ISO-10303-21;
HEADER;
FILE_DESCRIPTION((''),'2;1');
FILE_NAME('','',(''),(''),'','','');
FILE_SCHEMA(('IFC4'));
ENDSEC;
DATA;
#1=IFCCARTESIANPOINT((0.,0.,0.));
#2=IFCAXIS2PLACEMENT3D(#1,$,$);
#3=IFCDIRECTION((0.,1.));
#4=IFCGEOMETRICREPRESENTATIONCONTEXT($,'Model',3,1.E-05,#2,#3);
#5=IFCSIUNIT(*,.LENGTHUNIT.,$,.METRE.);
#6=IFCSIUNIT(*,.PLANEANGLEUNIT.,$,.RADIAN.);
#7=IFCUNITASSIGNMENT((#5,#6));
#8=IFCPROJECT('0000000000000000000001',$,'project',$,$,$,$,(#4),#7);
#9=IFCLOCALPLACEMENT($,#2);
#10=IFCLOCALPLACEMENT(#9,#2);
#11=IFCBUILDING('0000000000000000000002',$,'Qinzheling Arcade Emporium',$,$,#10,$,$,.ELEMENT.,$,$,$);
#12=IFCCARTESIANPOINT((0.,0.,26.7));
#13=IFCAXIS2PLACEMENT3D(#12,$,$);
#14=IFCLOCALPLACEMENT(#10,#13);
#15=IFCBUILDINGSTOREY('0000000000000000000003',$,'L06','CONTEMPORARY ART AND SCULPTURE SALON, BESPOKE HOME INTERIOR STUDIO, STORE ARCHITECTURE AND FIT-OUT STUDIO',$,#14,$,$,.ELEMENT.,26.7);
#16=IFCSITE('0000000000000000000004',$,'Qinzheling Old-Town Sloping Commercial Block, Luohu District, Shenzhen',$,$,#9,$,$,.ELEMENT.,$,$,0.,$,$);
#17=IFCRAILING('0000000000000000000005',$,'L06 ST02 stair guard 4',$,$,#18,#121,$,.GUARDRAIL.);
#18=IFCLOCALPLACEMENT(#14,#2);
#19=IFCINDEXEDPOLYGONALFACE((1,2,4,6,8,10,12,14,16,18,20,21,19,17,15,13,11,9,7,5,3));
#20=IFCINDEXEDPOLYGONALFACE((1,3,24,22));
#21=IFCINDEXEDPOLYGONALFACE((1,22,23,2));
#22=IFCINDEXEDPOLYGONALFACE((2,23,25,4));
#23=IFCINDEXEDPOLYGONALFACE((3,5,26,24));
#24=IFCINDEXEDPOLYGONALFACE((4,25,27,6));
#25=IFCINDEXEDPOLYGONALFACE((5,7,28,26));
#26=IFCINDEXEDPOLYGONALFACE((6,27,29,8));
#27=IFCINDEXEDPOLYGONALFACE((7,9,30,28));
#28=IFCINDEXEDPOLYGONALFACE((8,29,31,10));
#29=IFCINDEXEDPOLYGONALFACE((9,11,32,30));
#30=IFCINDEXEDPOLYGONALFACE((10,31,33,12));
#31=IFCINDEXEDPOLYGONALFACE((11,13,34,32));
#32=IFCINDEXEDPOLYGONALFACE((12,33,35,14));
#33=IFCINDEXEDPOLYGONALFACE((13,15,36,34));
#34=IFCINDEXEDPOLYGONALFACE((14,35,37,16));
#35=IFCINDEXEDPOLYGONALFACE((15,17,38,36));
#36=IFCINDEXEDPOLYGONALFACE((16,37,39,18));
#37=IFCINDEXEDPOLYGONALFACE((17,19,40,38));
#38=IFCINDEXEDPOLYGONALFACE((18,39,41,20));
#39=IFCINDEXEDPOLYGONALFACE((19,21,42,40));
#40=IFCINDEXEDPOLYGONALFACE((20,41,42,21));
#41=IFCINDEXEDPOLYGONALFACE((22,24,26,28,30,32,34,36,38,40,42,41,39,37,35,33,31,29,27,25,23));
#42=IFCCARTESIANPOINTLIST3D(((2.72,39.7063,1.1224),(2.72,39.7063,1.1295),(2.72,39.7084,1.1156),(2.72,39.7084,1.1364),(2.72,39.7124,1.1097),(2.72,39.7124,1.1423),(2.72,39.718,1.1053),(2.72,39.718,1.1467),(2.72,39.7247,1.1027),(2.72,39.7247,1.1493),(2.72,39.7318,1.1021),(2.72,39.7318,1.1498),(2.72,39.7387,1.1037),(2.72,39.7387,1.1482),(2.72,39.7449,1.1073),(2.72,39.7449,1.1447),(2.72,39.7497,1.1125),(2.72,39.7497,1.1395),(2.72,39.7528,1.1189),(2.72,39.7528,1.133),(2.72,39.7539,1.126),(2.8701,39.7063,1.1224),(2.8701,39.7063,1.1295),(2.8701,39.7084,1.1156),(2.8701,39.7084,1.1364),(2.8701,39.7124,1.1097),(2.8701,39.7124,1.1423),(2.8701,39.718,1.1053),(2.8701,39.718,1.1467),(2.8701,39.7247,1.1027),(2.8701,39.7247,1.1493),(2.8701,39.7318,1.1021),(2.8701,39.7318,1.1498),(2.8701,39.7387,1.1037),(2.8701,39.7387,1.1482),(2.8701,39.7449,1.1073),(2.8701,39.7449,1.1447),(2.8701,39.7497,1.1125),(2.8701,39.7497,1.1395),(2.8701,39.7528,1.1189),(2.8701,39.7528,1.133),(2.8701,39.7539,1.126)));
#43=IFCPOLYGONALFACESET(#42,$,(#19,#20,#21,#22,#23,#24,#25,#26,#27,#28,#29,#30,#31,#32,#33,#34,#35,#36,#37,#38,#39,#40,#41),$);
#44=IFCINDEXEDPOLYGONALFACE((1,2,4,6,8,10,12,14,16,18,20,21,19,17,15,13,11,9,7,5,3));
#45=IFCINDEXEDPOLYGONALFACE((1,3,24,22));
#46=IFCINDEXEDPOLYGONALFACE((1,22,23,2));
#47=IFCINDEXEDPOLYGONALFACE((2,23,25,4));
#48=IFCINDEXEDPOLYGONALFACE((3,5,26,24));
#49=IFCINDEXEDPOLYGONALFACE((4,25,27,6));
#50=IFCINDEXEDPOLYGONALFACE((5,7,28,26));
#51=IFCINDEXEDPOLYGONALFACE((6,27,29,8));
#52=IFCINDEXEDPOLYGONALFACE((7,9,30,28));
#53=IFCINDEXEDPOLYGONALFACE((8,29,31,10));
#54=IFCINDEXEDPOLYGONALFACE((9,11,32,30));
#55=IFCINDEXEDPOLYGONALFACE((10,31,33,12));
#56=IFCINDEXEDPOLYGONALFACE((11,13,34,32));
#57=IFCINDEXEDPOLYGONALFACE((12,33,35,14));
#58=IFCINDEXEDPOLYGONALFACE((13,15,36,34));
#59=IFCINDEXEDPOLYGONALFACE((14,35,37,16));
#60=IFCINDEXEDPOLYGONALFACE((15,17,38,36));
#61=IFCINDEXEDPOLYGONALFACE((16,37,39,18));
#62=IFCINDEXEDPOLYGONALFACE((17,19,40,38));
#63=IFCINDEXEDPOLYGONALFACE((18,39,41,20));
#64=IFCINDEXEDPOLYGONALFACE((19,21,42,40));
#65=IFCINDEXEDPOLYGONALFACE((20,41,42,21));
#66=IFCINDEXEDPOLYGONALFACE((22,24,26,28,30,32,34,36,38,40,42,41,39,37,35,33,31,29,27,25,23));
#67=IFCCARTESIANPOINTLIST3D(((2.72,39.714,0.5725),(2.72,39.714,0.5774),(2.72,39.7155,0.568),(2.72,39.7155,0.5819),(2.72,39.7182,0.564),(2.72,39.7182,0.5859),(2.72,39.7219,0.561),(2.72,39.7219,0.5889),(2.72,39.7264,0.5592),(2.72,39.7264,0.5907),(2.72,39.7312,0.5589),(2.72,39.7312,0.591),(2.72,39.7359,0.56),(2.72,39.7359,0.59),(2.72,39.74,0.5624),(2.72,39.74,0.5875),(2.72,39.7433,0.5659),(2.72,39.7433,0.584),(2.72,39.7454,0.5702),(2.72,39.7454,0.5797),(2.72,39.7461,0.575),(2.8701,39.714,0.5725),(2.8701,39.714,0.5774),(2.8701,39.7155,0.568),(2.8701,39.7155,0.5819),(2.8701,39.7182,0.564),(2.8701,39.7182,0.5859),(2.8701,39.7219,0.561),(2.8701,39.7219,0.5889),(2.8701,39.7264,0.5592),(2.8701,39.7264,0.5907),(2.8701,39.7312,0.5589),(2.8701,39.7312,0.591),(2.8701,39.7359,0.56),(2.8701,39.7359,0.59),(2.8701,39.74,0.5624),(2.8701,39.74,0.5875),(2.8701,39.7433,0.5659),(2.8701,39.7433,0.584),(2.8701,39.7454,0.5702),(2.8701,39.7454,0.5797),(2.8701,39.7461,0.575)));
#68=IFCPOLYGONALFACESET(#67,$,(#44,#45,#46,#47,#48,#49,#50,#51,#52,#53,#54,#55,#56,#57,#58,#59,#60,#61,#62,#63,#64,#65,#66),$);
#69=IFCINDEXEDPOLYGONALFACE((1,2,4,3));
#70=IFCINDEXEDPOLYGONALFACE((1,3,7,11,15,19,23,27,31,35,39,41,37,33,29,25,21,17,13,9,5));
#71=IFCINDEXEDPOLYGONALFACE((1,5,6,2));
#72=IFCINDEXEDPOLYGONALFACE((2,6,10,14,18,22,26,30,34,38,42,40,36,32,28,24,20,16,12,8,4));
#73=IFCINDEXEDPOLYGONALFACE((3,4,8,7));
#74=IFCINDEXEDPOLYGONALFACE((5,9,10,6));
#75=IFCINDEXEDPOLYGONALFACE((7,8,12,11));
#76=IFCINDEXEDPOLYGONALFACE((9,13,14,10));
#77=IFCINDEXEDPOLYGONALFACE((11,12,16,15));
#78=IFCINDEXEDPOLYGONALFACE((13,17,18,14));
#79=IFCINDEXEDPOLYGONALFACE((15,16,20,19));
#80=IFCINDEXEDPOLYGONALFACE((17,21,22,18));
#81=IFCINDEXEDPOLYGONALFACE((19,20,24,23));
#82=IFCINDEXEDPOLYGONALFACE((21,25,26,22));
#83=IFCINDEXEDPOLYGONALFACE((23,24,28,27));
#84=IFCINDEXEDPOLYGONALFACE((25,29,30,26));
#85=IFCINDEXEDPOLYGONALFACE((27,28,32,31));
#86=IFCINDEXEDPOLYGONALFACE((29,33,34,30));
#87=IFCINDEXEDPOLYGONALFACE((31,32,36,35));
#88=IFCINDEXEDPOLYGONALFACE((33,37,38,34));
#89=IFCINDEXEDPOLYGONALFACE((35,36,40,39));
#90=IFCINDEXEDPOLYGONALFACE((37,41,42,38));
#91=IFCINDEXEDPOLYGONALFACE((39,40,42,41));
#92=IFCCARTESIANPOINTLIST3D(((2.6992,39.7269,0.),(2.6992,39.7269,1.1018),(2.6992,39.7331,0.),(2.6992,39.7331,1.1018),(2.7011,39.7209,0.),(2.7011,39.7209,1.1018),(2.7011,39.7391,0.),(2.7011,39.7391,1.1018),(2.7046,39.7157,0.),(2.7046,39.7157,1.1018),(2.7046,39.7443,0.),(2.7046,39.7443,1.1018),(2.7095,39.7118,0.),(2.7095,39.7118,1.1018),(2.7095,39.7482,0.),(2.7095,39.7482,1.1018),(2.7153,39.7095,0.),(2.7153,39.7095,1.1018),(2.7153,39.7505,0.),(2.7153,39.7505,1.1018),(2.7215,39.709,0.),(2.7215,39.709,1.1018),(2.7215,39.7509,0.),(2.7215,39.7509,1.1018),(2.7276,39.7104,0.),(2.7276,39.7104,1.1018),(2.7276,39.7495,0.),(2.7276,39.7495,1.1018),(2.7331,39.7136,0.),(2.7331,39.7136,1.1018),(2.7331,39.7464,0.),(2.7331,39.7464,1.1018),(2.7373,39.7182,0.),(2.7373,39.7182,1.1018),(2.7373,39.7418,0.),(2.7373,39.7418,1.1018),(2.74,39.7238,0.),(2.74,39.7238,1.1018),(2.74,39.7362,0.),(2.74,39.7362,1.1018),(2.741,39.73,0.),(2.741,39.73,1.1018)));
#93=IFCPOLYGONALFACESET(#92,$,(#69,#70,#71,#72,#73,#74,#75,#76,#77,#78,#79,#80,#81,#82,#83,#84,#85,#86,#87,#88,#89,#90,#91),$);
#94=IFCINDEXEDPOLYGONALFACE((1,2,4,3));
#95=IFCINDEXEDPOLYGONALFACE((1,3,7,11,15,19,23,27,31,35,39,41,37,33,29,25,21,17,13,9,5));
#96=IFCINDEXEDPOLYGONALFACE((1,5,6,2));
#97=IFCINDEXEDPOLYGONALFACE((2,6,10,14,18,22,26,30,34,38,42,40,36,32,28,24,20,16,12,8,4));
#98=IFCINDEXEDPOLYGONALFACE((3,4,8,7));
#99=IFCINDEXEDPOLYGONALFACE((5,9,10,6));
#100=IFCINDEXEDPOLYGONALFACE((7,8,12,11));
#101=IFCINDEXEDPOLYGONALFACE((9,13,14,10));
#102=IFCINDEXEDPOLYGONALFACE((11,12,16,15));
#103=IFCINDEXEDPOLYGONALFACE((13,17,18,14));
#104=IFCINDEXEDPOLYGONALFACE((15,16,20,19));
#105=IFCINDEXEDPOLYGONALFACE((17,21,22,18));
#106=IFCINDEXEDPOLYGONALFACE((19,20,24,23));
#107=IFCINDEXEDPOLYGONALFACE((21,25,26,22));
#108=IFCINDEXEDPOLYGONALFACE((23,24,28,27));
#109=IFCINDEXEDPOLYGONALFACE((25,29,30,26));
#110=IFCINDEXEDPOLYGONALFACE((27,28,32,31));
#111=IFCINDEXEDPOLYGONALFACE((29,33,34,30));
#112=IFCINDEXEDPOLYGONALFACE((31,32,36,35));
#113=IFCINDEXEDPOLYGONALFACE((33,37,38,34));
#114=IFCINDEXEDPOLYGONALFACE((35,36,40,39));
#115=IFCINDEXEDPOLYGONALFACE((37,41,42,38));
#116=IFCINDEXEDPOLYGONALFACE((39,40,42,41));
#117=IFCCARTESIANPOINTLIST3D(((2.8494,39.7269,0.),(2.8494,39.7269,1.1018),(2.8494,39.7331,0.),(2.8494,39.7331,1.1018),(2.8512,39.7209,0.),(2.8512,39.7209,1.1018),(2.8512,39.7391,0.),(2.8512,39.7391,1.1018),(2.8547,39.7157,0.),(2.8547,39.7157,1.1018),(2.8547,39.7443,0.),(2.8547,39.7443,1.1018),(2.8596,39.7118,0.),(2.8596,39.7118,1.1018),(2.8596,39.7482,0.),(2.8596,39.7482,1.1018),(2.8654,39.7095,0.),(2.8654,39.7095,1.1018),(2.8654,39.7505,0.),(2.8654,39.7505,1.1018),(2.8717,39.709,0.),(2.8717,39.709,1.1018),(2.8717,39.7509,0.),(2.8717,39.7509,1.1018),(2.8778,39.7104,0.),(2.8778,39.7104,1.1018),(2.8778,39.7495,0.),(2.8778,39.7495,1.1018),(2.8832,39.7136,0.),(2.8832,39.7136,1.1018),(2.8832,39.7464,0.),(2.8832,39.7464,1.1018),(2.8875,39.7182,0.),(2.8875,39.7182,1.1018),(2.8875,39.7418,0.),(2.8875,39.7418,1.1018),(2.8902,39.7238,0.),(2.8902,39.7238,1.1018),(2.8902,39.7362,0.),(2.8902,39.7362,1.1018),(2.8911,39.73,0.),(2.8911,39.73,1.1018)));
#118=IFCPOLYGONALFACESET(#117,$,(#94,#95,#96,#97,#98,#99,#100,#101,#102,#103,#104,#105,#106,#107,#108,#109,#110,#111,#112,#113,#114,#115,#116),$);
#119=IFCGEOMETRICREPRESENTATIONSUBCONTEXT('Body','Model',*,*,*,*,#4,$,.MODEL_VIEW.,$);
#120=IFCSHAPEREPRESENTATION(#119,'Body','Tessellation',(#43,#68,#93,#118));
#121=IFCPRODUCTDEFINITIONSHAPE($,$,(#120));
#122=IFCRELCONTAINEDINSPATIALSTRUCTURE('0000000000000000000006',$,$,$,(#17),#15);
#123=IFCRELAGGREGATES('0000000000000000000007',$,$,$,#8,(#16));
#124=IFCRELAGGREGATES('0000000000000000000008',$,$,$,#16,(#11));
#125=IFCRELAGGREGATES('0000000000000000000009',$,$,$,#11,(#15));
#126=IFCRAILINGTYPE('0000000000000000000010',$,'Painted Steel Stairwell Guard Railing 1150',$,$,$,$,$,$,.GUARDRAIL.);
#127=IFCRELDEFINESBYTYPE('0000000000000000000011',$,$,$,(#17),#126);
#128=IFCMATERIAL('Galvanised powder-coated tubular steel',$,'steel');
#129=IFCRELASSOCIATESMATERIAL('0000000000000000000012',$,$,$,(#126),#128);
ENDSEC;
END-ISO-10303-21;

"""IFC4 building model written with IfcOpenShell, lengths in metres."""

from ifc_helpers import new_model, si_unit, direction, frame, origin, origin_2d, place, context, subcontext, project, spatial, circle, extrude, material, type_object, element, save


model = new_model("IFC4")

# Units and contexts
model_context = context("Model", 3, precision=1e-05, world=origin(), true_north=direction((0.0, 1.0)))
body_context = subcontext(model_context, "Body", "Model", "MODEL_VIEW")
ifc_project = project(units=[si_unit("LENGTHUNIT", "METRE"), si_unit("PLANEANGLEUNIT", "RADIAN")], contexts=[model_context])

# Site, building, storey
site_placement = place(None, origin())
site = spatial("IfcSite", under=ifc_project, at=site_placement, Name="Qinzheling Old-Town Sloping Commercial Block, Luohu District, Shenzhen", CompositionType="ELEMENT", RefElevation=0.0)
building_placement = place(site_placement, origin())
building = spatial("IfcBuilding", under=site, at=building_placement, Name="Qinzheling Arcade Emporium", CompositionType="ELEMENT")
storey_placement = place(building_placement, frame((0.0, 0.0, 26.7)))
storey = spatial("IfcBuildingStorey", under=building, at=storey_placement, Name="L06", Description="CONTEMPORARY ART AND SCULPTURE SALON, BESPOKE HOME INTERIOR STUDIO, STORE ARCHITECTURE AND FIT-OUT STUDIO", CompositionType="ELEMENT", Elevation=26.7)

# Railing
ifc_material_1 = material(Name="Galvanised powder-coated tubular steel", Category="steel")
railing_type_1 = type_object("IfcRailingType", Name="Painted Steel Stairwell Guard Railing 1150", PredefinedType="GUARDRAIL", material=ifc_material_1)
railing_1_placement = place(storey_placement, frame((2.72, 39.73, 0.0)))
element("IfcRailing", 1, at=railing_1_placement, inside=storey, type_object=railing_type_1, Name="L06 ST02 stair guard 4", PredefinedType="GUARDRAIL", context=body_context, shape_type="SweptSolid", body=[
    extrude(circle(Radius=0.0239, at=origin_2d()), frame((0.0, 0.0, 1.126), z_axis=(1.0, 0.0, 0.0), x_axis=(0.0, 1.0, 0.0)), (0.0, 0.0, 1.0), 0.1501),
    extrude(circle(Radius=0.0161, at=origin_2d()), frame((0.0, 0.0, 0.575), z_axis=(1.0, 0.0, 0.0), x_axis=(0.0, 1.0, 0.0)), (0.0, 0.0, 1.0), 0.1501),
    extrude(circle(Radius=0.021, at=origin_2d()), origin(), (0.0, 0.0, 1.0), 1.1018),
    extrude(circle(Radius=0.021, at=origin_2d()), frame((0.1501, 0.0, 0.0)), (0.0, 0.0, 1.0), 1.1018),
])

save(model, "model.ifc")
